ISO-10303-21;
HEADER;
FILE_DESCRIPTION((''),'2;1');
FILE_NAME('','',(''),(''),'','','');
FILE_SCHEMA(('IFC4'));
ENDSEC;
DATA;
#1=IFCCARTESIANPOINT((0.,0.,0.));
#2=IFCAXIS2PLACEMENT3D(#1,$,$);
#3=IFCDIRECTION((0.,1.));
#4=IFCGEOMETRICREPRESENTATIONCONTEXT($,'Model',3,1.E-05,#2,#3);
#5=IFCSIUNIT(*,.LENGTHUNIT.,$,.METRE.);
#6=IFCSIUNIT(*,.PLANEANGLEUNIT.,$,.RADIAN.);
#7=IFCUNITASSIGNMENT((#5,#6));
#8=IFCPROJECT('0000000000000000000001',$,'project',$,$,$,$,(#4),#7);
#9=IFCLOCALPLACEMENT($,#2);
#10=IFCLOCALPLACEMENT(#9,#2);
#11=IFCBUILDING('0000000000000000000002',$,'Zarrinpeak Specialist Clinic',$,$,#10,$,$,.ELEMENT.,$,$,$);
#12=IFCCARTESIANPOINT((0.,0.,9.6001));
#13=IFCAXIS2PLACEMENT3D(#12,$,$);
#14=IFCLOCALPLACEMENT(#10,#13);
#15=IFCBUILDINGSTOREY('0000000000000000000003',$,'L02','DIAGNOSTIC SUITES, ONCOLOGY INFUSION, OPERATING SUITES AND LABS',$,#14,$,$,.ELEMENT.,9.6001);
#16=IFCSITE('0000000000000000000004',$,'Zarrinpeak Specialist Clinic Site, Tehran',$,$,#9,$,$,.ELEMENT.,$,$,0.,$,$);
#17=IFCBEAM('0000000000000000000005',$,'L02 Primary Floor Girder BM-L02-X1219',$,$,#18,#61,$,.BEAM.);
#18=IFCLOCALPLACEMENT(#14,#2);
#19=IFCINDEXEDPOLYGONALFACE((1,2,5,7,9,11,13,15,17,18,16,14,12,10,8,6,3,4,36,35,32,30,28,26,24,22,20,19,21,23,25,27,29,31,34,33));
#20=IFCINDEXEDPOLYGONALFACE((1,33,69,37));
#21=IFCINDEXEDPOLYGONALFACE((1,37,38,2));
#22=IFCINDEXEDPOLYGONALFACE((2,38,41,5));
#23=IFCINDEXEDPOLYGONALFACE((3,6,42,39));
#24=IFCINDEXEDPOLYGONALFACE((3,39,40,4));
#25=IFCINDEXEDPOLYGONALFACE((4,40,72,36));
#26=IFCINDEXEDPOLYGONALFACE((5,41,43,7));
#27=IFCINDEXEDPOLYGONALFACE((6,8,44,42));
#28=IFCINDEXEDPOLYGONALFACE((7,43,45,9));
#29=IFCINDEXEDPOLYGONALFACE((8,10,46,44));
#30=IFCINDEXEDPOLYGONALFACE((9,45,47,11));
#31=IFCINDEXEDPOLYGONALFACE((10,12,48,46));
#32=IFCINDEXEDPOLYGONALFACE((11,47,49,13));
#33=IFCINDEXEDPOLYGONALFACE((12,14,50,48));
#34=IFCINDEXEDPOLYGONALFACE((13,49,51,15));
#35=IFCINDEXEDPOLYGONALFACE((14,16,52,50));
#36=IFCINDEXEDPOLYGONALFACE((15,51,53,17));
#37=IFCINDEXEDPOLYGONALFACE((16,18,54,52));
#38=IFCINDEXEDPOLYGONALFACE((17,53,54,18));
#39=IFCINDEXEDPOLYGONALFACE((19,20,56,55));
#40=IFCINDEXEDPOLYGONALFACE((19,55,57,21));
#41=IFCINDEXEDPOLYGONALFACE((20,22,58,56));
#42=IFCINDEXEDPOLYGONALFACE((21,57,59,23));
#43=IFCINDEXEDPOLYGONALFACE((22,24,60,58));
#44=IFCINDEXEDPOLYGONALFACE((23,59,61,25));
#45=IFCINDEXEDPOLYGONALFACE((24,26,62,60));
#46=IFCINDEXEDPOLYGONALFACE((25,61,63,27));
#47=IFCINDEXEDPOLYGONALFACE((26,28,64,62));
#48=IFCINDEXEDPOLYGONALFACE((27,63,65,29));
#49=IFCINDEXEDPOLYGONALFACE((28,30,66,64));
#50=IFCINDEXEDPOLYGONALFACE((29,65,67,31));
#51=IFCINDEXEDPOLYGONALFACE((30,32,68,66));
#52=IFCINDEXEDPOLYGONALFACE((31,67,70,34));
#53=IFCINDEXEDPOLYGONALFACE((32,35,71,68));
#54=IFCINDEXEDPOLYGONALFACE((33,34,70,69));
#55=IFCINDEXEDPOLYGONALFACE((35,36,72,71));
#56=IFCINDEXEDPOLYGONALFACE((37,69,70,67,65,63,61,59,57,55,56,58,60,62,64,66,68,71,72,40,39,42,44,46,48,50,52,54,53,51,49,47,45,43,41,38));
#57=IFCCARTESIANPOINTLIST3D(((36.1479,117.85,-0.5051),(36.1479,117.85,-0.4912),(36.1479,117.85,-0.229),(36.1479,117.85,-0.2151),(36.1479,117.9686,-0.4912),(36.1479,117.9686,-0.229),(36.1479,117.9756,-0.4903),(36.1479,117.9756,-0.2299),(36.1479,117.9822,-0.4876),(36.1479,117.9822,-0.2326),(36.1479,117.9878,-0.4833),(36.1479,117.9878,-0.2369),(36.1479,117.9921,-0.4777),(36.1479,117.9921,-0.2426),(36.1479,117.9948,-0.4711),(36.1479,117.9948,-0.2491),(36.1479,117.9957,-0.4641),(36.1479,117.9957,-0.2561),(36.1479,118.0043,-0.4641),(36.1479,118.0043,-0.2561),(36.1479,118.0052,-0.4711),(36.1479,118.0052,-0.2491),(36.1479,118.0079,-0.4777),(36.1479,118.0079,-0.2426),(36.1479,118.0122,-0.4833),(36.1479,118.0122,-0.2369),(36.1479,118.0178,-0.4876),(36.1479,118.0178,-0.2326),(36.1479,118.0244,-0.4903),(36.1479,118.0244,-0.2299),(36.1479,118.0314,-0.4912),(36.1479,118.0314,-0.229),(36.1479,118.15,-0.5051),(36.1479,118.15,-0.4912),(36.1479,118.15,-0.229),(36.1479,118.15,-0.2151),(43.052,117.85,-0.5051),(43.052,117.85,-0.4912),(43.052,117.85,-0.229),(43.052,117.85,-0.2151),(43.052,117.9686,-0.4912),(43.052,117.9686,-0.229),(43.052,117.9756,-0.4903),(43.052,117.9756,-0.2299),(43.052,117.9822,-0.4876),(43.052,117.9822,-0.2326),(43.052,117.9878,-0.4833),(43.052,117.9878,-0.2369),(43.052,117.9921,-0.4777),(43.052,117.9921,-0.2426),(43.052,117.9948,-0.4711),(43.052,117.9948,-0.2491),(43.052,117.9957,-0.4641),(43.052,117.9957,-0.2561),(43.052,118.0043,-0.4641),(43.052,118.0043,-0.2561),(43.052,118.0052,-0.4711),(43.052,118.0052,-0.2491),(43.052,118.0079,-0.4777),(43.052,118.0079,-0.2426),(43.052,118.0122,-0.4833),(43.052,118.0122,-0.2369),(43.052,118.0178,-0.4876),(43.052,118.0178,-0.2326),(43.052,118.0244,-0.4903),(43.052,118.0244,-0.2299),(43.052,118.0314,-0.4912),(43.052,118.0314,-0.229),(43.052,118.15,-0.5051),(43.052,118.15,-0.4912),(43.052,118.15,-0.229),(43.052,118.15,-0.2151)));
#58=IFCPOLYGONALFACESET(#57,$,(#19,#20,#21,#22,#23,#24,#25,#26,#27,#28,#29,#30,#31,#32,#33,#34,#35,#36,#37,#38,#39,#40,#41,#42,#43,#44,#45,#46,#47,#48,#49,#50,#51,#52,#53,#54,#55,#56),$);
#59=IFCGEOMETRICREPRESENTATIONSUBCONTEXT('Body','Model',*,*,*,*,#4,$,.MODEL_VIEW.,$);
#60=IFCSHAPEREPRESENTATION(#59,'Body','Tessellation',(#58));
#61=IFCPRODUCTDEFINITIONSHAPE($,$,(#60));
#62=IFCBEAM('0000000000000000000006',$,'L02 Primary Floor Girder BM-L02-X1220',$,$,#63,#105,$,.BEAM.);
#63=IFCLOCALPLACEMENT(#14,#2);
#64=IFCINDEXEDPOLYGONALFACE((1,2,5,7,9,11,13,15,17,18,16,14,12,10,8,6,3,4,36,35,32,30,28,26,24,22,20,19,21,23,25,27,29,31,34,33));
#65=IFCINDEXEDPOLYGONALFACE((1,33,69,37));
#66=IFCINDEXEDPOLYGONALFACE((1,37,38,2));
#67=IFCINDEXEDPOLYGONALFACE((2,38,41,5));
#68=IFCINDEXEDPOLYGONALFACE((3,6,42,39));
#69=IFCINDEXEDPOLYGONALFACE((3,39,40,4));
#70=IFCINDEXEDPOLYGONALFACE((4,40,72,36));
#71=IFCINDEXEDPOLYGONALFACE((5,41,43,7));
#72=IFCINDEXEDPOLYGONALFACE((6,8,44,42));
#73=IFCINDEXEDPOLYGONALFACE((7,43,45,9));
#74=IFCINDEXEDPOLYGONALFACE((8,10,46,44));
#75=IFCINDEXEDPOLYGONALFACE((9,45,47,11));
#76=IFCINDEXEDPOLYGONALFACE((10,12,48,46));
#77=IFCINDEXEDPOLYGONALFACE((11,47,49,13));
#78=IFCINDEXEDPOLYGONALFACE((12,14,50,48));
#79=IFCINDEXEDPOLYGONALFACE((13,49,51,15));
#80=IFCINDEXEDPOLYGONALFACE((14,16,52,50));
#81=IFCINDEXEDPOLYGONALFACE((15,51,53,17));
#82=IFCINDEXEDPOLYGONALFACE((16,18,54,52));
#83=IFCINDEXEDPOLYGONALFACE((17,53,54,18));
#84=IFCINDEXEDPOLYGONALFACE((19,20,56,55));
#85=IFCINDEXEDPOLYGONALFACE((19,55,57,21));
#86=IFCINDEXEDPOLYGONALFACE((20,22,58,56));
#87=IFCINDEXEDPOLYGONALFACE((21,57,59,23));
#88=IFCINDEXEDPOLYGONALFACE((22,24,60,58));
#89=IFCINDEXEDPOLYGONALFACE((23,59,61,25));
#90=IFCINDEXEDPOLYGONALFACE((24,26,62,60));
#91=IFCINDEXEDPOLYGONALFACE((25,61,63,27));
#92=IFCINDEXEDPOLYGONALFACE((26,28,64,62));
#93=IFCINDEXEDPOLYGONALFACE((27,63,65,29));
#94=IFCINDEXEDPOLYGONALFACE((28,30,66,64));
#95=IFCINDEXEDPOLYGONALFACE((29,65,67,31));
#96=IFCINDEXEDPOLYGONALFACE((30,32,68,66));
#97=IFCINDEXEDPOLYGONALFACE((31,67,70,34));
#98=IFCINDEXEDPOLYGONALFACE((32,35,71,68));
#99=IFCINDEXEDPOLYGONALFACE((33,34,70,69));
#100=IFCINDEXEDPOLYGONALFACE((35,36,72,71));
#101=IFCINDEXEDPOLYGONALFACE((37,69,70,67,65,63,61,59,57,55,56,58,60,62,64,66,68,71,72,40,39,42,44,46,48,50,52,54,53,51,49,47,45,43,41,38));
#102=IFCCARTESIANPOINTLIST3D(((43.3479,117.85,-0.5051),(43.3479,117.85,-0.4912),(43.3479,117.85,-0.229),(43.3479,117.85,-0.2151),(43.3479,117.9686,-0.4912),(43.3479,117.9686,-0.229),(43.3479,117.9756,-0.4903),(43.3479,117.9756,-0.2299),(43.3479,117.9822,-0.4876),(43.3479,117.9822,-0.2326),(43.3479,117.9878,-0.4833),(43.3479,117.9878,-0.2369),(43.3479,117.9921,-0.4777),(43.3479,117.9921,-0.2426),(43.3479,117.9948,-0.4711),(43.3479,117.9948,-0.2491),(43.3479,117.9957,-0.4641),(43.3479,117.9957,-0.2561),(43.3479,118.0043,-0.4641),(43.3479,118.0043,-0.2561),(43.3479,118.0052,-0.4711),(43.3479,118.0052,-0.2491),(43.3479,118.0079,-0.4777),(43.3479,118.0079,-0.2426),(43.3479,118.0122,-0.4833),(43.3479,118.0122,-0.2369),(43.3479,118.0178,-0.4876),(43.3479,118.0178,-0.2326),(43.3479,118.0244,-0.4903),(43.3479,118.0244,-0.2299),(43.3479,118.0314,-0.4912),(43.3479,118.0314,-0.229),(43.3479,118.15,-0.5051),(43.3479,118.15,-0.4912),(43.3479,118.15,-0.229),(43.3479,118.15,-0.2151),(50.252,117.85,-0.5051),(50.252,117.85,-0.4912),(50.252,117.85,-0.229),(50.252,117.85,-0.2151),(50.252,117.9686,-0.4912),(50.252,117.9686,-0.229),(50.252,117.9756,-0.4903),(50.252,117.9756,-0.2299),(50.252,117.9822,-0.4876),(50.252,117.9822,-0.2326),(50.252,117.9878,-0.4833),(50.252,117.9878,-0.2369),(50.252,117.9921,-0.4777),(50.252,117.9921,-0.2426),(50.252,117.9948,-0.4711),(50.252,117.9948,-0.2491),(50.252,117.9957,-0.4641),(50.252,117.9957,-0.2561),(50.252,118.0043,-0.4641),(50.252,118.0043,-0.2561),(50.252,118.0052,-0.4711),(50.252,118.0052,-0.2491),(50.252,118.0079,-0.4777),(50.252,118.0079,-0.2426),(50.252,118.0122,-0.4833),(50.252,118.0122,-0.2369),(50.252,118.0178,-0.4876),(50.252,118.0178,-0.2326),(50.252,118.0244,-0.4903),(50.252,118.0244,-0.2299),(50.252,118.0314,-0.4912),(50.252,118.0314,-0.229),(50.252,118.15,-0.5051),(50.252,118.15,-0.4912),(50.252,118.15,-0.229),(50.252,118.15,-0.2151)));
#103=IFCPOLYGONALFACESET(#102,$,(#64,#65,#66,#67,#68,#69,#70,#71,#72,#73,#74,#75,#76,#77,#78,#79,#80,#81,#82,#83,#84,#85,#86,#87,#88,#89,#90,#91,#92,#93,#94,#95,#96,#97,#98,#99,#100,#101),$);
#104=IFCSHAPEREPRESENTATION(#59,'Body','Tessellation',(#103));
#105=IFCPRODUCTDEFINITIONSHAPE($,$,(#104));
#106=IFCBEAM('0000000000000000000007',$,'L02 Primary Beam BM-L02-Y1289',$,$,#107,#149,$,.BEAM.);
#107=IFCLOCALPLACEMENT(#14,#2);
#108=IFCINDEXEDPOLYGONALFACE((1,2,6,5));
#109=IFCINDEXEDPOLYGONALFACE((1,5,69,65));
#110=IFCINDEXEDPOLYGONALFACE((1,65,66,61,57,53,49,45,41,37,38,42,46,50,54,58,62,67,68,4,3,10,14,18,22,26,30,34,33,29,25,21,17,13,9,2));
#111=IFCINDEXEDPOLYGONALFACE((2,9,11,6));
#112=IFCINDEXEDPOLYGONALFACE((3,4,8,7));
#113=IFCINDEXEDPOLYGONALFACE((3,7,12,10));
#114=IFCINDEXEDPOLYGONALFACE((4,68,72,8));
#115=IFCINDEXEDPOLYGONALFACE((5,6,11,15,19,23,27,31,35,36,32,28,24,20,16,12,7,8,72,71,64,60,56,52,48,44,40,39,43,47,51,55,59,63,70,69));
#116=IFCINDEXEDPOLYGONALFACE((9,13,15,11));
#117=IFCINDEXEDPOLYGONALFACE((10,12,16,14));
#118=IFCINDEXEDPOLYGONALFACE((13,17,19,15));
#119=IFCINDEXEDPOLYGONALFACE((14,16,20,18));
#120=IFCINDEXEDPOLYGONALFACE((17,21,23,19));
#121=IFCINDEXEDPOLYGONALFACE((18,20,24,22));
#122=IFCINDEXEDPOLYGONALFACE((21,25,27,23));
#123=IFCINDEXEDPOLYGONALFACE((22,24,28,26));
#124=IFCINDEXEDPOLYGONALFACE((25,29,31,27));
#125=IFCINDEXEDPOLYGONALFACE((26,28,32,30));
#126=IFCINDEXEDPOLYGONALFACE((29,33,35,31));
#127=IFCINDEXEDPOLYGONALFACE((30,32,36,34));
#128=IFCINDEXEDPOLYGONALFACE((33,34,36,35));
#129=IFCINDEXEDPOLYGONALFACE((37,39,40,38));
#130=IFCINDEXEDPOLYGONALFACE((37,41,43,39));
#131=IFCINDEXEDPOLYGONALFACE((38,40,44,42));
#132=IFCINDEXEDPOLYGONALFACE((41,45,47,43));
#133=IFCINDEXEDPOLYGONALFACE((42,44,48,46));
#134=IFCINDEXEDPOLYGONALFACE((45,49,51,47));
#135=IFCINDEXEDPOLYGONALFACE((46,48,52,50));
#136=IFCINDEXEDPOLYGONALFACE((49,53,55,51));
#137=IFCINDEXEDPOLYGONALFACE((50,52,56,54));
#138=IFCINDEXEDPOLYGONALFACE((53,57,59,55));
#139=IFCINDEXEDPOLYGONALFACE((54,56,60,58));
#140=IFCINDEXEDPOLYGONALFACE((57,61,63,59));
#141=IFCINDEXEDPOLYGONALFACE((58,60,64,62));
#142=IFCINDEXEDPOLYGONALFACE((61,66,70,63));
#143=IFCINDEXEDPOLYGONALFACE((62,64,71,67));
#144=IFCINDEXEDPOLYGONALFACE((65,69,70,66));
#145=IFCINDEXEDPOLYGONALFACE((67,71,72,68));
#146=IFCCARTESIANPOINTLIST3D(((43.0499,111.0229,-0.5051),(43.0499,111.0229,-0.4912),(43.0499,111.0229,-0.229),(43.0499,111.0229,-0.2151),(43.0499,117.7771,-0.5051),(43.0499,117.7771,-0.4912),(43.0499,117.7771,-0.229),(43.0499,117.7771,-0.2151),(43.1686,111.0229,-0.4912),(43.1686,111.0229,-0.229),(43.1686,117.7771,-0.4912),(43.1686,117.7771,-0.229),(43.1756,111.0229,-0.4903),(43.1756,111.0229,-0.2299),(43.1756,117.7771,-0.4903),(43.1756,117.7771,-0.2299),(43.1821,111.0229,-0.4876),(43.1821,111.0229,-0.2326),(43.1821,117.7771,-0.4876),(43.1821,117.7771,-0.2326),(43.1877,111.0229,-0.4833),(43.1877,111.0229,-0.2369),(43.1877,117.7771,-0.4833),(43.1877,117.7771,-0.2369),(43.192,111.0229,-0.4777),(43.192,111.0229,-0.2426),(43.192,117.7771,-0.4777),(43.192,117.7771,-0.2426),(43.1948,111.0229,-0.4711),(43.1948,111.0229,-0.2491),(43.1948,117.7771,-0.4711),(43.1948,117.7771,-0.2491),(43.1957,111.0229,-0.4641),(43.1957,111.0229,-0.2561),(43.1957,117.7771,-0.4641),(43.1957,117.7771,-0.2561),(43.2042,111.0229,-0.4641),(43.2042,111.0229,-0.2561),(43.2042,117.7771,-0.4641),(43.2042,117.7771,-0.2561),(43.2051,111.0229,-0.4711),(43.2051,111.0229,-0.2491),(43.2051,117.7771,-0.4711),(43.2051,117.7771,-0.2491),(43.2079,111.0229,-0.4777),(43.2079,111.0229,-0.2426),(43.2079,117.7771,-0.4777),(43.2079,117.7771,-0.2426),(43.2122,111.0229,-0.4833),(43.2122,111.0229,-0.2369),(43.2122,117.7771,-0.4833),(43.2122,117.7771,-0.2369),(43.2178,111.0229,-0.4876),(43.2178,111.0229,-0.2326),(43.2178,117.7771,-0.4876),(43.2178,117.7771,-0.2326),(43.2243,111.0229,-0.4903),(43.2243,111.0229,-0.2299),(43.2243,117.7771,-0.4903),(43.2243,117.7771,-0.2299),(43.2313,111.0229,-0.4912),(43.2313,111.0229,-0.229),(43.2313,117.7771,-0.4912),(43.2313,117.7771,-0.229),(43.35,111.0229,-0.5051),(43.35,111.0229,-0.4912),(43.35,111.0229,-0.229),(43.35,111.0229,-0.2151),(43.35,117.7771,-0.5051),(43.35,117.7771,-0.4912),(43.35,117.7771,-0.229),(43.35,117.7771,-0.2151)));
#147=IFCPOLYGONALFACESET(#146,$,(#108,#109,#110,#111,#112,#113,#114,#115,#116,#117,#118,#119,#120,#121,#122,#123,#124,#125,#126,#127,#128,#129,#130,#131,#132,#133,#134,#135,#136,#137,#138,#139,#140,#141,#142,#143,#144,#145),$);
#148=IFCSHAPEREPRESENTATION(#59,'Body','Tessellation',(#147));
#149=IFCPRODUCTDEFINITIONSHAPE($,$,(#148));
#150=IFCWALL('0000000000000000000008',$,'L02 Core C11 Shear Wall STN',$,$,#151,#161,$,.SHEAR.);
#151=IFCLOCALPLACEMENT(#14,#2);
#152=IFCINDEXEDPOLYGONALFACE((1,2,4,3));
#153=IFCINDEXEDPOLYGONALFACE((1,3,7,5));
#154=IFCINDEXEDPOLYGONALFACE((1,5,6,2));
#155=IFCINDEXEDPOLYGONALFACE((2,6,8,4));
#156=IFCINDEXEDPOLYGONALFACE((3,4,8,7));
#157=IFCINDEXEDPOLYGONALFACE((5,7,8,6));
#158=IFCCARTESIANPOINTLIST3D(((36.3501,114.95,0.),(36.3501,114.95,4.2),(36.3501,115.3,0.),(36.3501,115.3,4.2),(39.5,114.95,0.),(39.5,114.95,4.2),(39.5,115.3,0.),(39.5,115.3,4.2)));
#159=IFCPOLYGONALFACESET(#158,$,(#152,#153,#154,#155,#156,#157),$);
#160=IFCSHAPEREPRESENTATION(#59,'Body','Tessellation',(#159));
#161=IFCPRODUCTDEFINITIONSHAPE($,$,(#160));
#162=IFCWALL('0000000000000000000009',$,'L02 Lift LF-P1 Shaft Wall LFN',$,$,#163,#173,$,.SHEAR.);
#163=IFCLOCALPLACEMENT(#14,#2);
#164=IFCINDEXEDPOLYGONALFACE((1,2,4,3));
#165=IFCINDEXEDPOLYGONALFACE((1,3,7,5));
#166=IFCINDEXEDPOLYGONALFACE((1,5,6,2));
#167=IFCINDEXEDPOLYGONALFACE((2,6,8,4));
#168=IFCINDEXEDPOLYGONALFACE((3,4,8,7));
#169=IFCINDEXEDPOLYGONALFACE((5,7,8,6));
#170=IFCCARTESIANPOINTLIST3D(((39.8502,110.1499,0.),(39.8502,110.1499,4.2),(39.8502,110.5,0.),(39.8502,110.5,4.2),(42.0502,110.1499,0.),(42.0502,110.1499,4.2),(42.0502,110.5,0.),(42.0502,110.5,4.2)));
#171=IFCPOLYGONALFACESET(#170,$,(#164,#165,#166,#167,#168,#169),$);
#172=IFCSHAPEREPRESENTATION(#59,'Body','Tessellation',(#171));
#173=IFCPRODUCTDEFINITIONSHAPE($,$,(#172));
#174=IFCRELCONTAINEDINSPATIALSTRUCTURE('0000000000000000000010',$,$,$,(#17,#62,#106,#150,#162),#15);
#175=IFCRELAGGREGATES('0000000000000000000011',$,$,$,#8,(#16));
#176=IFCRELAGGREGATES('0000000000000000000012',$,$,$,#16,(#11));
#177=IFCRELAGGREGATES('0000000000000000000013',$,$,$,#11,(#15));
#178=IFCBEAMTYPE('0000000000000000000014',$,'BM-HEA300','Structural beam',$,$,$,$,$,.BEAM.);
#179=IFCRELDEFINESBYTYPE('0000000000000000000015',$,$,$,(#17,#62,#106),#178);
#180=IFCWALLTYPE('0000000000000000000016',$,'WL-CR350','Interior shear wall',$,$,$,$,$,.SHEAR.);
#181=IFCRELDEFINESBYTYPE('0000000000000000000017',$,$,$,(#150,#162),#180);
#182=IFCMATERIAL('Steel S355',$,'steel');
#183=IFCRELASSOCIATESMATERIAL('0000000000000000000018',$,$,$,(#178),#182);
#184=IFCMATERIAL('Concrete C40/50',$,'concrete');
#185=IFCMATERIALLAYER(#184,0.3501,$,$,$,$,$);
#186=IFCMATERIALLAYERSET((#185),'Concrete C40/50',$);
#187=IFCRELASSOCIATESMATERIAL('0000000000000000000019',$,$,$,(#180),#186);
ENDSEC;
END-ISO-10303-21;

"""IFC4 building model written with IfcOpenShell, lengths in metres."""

from ifc_helpers import new_model, si_unit, direction, frame, frame_2d, origin, origin_2d, place, context, subcontext, project, spatial, rectangle, i_section, extrude, material, layer, layer_set, material_profile, profile_set, type_object, element, save


model = new_model("IFC4")

# Units and contexts
model_context = context("Model", 3, precision=1e-05, world=origin(), true_north=direction((0.0, 1.0)))
body_context = subcontext(model_context, "Body", "Model", "MODEL_VIEW")
ifc_project = project(units=[si_unit("LENGTHUNIT", "METRE"), si_unit("PLANEANGLEUNIT", "RADIAN")], contexts=[model_context])

# Site, building, storey
site_placement = place(None, origin())
site = spatial("IfcSite", under=ifc_project, at=site_placement, Name="Zarrinpeak Specialist Clinic Site, Tehran", CompositionType="ELEMENT", RefElevation=0.0)
building_placement = place(site_placement, origin())
building = spatial("IfcBuilding", under=site, at=building_placement, Name="Zarrinpeak Specialist Clinic", CompositionType="ELEMENT")
storey_placement = place(building_placement, frame((0.0, 0.0, 9.6001)))
storey = spatial("IfcBuildingStorey", under=building, at=storey_placement, Name="L02", Description="DIAGNOSTIC SUITES, ONCOLOGY INFUSION, OPERATING SUITES AND LABS", CompositionType="ELEMENT", Elevation=9.6001)

# Shared definitions
ifc_material_1 = material(Name="Steel S355", Category="steel")

# Beams
ifc_material_profile_1 = material_profile(ifc_material_1, i_section(OverallWidth=0.3, OverallDepth=0.29, WebThickness=0.0085, FlangeThickness=0.0139, FilletRadius=0.0271, at=origin_2d()), Name="HEA 300")
ifc_profile_set_1 = profile_set([ifc_material_profile_1], Name="Steel S355")
beam_type = type_object("IfcBeamType", Name="BM-HEA300", Description="Structural beam", PredefinedType="BEAM", material=ifc_profile_set_1)
for number, where, z_axis, x_axis, name in (
    (1, (36.1479, 118.0, -0.3601), (1.0, 0.0, 0.0), (0.0, 1.0, 0.0), "L02 Primary Floor Girder BM-L02-X1219"),
    (2, (43.3479, 118.0, -0.3601), (1.0, 0.0, 0.0), (0.0, 1.0, 0.0), "L02 Primary Floor Girder BM-L02-X1220"),
):
    element("IfcBeam", number, at=place(storey_placement, frame(where, z_axis=z_axis, x_axis=x_axis)), inside=storey, type_object=beam_type, Name=name, PredefinedType="BEAM", context=body_context, shape_type="SweptSolid", body=[
        extrude(i_section(OverallWidth=0.3, OverallDepth=0.29, WebThickness=0.0085, FlangeThickness=0.0139, FilletRadius=0.0271, at=origin_2d()), origin(), (0.0, 0.0, 1.0), 6.9041),
    ])
beam_placement = place(storey_placement, frame((43.2, 111.0229, -0.3601), z_axis=(0.0, 1.0, 0.0), x_axis=(-1.0, 0.0, 0.0)))
element("IfcBeam", 3, at=beam_placement, inside=storey, type_object=beam_type, Name="L02 Primary Beam BM-L02-Y1289", PredefinedType="BEAM", context=body_context, shape_type="SweptSolid", body=[
    extrude(i_section(OverallWidth=0.3, OverallDepth=0.29, WebThickness=0.0085, FlangeThickness=0.0139, FilletRadius=0.0271, at=origin_2d()), origin(), (0.0, 0.0, 1.0), 6.7542),
])

# Walls
ifc_material_2 = material(Name="Concrete C40/50", Category="concrete")
ifc_layer_1 = layer(ifc_material_2, 0.3501)
ifc_layer_set_1 = layer_set([ifc_layer_1], Name="Concrete C40/50")
wall_type_1 = type_object("IfcWallType", Name="WL-CR350", Description="Interior shear wall", PredefinedType="SHEAR", material=ifc_layer_set_1)
wall_1_placement = place(storey_placement, frame((36.3501, 115.125, 0.0), z_axis=(0.0, 0.0, 1.0), x_axis=(1.0, 0.0, 0.0)))
element("IfcWall", 4, at=wall_1_placement, inside=storey, type_object=wall_type_1, Name="L02 Core C11 Shear Wall STN", PredefinedType="SHEAR", context=body_context, shape_type="SweptSolid", body=[
    extrude(rectangle(XDim=3.1499, YDim=0.3501, at=frame_2d((1.575, 0.0))), origin(), (0.0, 0.0, 1.0), 4.2),
])
wall_2_placement = place(storey_placement, frame((39.8501, 110.325, 0.0), z_axis=(0.0, 0.0, 1.0), x_axis=(1.0, 0.0, 0.0)))
element("IfcWall", 5, at=wall_2_placement, inside=storey, type_object=wall_type_1, Name="L02 Lift LF-P1 Shaft Wall LFN", PredefinedType="SHEAR", context=body_context, shape_type="SweptSolid", body=[
    extrude(rectangle(XDim=2.2, YDim=0.3501, at=frame_2d((1.1001, 0.0))), origin(), (0.0, 0.0, 1.0), 4.2),
])

save(model, "model.ifc")
